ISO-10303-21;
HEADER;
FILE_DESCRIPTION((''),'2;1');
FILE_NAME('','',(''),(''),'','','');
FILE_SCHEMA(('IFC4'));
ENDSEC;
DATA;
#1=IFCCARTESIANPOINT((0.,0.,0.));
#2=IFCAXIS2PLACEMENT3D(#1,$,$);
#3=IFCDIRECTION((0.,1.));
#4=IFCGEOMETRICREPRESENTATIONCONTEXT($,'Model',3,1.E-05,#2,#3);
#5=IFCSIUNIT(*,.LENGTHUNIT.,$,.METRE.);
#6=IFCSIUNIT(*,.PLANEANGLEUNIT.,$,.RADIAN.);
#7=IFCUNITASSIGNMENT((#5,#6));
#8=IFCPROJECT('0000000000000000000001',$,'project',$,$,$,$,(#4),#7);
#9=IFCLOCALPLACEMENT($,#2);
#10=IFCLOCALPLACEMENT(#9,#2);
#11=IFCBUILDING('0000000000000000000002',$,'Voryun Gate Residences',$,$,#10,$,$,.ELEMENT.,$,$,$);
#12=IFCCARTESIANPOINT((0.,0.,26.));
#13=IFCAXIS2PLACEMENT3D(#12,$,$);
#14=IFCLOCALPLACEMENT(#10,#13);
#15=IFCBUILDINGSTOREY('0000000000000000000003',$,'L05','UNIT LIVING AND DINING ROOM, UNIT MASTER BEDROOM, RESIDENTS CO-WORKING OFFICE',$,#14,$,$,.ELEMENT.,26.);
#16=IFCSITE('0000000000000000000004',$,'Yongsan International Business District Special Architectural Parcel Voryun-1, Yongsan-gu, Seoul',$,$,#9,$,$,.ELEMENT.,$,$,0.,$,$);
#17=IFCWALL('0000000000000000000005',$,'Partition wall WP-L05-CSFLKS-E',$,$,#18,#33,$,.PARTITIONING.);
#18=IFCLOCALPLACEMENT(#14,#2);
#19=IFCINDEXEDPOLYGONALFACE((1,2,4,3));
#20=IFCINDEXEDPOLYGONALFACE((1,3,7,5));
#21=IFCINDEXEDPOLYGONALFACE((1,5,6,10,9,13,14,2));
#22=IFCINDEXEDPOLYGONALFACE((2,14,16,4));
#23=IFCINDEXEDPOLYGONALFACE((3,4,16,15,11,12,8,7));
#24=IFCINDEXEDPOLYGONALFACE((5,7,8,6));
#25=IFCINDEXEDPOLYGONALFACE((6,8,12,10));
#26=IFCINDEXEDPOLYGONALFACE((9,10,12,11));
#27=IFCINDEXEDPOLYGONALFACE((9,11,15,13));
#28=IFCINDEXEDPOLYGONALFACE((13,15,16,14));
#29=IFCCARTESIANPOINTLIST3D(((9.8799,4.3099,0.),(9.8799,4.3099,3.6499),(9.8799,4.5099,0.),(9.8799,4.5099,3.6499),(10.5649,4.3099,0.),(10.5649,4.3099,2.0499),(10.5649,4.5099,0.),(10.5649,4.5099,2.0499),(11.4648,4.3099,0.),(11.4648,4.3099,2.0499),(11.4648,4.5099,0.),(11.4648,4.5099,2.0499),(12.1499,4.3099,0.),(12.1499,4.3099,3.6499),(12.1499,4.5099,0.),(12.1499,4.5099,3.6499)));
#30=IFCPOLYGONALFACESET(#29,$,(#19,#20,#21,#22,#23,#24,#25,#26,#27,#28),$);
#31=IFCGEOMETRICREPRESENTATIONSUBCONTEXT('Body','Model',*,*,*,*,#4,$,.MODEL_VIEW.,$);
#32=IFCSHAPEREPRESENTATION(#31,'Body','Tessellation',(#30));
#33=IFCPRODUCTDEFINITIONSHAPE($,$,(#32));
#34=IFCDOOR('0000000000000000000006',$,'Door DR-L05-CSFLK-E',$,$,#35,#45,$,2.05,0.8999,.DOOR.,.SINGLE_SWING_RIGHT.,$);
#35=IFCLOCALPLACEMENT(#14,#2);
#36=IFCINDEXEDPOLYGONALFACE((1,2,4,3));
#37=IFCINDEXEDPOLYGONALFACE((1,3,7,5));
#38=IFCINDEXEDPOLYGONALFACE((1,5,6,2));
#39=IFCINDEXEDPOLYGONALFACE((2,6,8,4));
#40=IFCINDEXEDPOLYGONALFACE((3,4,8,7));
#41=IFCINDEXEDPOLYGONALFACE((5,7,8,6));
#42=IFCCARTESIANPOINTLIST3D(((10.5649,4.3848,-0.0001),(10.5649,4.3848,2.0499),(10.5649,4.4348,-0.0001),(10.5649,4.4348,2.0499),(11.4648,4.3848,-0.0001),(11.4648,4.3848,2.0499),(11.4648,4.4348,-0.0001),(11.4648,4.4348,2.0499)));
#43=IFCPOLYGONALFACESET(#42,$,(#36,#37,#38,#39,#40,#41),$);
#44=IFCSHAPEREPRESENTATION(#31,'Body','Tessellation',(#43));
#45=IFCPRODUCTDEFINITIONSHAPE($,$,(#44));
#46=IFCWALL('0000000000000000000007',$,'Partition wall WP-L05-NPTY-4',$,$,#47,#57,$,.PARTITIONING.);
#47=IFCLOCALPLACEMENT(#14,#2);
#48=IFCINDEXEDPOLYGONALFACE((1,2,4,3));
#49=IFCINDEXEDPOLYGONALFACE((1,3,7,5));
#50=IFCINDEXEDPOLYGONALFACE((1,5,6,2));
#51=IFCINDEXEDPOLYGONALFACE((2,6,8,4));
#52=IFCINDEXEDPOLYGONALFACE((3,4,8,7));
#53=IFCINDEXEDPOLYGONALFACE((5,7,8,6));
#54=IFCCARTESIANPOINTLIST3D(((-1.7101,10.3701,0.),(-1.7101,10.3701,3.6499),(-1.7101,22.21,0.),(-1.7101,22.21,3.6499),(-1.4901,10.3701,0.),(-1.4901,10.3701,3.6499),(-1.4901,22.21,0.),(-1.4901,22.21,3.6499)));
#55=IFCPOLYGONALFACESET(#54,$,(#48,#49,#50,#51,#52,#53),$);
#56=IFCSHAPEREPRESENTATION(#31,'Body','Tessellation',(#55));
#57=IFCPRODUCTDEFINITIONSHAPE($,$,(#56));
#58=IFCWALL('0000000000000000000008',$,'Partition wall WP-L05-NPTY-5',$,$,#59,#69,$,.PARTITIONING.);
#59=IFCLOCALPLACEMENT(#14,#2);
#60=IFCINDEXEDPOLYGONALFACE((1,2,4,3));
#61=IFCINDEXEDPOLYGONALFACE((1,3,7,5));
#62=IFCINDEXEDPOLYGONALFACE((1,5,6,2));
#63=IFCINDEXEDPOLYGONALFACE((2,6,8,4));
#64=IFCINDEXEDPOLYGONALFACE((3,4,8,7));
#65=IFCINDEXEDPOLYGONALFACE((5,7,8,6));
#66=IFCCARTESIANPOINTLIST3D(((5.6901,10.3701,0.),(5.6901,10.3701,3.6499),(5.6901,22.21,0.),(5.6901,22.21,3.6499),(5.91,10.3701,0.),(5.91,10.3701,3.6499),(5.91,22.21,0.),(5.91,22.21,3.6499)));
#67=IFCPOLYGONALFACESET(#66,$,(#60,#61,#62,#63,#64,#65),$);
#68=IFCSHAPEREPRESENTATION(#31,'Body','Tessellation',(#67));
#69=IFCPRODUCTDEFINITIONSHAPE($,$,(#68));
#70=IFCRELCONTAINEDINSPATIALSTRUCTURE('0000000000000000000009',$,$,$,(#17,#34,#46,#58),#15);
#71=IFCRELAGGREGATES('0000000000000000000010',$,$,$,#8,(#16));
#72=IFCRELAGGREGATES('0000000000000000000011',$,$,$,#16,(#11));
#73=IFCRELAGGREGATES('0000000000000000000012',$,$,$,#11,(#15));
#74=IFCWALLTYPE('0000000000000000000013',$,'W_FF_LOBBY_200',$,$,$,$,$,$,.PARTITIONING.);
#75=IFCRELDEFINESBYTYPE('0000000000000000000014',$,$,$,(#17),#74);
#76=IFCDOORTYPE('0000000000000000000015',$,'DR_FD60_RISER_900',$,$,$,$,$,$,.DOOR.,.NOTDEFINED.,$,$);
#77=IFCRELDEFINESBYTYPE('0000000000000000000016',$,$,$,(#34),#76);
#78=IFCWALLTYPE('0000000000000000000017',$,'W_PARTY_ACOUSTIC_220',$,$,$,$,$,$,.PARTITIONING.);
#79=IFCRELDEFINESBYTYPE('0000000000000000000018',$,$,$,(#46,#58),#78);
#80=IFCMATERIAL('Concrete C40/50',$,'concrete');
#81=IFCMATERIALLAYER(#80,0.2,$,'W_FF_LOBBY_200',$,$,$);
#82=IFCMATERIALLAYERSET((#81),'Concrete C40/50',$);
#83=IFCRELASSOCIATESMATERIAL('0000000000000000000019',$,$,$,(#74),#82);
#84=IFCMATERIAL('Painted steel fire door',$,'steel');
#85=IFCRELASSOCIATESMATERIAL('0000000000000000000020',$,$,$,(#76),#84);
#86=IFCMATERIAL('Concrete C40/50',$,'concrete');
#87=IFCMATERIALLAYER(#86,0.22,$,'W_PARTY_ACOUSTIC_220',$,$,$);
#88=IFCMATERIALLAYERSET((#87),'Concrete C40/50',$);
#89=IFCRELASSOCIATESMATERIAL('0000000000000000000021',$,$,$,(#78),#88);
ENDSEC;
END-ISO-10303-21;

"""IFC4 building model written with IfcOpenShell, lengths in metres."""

from ifc_helpers import new_model, si_unit, direction, frame, frame_2d, origin, place, context, subcontext, project, spatial, rectangle, extrude, material, layer, layer_set, type_object, element, fill, save


model = new_model("IFC4")

# Units and contexts
model_context = context("Model", 3, precision=1e-05, world=origin(), true_north=direction((0.0, 1.0)))
body_context = subcontext(model_context, "Body", "Model", "MODEL_VIEW")
ifc_project = project(units=[si_unit("LENGTHUNIT", "METRE"), si_unit("PLANEANGLEUNIT", "RADIAN")], contexts=[model_context])

# Site, building, storey
site_placement = place(None, origin())
site = spatial("IfcSite", under=ifc_project, at=site_placement, Name="Yongsan International Business District Special Architectural Parcel Voryun-1, Yongsan-gu, Seoul", CompositionType="ELEMENT", RefElevation=0.0)
building_placement = place(site_placement, origin())
building = spatial("IfcBuilding", under=site, at=building_placement, Name="Voryun Gate Residences", CompositionType="ELEMENT")
storey_placement = place(building_placement, frame((0.0, 0.0, 26.0)))
storey = spatial("IfcBuildingStorey", under=building, at=storey_placement, Name="L05", Description="UNIT LIVING AND DINING ROOM, UNIT MASTER BEDROOM, RESIDENTS CO-WORKING OFFICE", CompositionType="ELEMENT", Elevation=26.0)

# Shared definitions
ifc_material_1 = material(Name="Concrete C40/50", Category="concrete")
ifc_layer_1 = layer(ifc_material_1, 0.2, Name="W_FF_LOBBY_200")
ifc_layer_set_1 = layer_set([ifc_layer_1], Name="Concrete C40/50")
wall_type_1 = type_object("IfcWallType", Name="W_FF_LOBBY_200", PredefinedType="PARTITIONING", material=ifc_layer_set_1)

# Wall, opening, door
wall_1_placement = place(storey_placement, frame((9.8799, 4.4099, 0.0), z_axis=(0.0, 0.0, 1.0), x_axis=(1.0, 0.0, 0.0)))
wall_1 = element("IfcWall", 1, at=wall_1_placement, inside=storey, type_object=wall_type_1, Name="Partition wall WP-L05-CSFLKS-E", PredefinedType="PARTITIONING", context=body_context, shape_type="SweptSolid", body=[
    extrude(rectangle(XDim=2.27, YDim=0.2, at=frame_2d((1.135, 0.0))), origin(), (0.0, 0.0, 1.0), 3.6499),
])
opening_1_placement = place(wall_1_placement, frame((0.6851, 0.0, 0.0)))
opening_1 = element("IfcOpeningElement", 2, at=opening_1_placement, cuts=wall_1, PredefinedType="OPENING", context=body_context, shape_type="SweptSolid", body=[
    extrude(rectangle(XDim=0.8999, YDim=2.05, at=frame_2d((0.45, 1.0249))), frame((0.0, 0.1101, 0.0), z_axis=(0.0, -1.0, 0.0), x_axis=(1.0, 0.0, 0.0)), (0.0, 0.0, 1.0), 0.22),
])
ifc_material_2 = material(Name="Painted steel fire door", Category="steel")
door_type_1 = type_object("IfcDoorType", Name="DR_FD60_RISER_900", OperationType="NOTDEFINED", PredefinedType="DOOR", material=ifc_material_2)
door_1_placement = place(opening_1_placement, origin())
door_1 = element("IfcDoor", 3, at=door_1_placement, inside=storey, type_object=door_type_1, Name="Door DR-L05-CSFLK-E", OperationType="SINGLE_SWING_RIGHT", OverallHeight=2.05, OverallWidth=0.8999, PredefinedType="DOOR", context=body_context, shape_type="SweptSolid", body=[
    extrude(rectangle(XDim=0.8999, YDim=2.05, at=frame_2d((0.45, 1.0249))), frame((0.0, 0.0249, 0.0), z_axis=(0.0, -1.0, 0.0), x_axis=(1.0, 0.0, 0.0)), (0.0, 0.0, 1.0), 0.05),
])
fill(opening_1, door_1)

# Walls
ifc_material_3 = material(Name="Concrete C40/50", Category="concrete")
ifc_layer_2 = layer(ifc_material_3, 0.22, Name="W_PARTY_ACOUSTIC_220")
ifc_layer_set_2 = layer_set([ifc_layer_2], Name="Concrete C40/50")
wall_type_2 = type_object("IfcWallType", Name="W_PARTY_ACOUSTIC_220", PredefinedType="PARTITIONING", material=ifc_layer_set_2)
for number, where, z_axis, x_axis, name in (
    (4, (-1.6001, 10.3701, 0.0), (0.0, 0.0, 1.0), (0.0, 1.0, 0.0), "Partition wall WP-L05-NPTY-4"),
    (5, (5.8, 10.3701, 0.0), (0.0, 0.0, 1.0), (0.0, 1.0, 0.0), "Partition wall WP-L05-NPTY-5"),
):
    element("IfcWall", number, at=place(storey_placement, frame(where, z_axis=z_axis, x_axis=x_axis)), inside=storey, type_object=wall_type_2, Name=name, PredefinedType="PARTITIONING", context=body_context, shape_type="SweptSolid", body=[
        extrude(rectangle(XDim=11.8398, YDim=0.22, at=frame_2d((5.9199, 0.0))), origin(), (0.0, 0.0, 1.0), 3.6499),
    ])

save(model, "model.ifc")
